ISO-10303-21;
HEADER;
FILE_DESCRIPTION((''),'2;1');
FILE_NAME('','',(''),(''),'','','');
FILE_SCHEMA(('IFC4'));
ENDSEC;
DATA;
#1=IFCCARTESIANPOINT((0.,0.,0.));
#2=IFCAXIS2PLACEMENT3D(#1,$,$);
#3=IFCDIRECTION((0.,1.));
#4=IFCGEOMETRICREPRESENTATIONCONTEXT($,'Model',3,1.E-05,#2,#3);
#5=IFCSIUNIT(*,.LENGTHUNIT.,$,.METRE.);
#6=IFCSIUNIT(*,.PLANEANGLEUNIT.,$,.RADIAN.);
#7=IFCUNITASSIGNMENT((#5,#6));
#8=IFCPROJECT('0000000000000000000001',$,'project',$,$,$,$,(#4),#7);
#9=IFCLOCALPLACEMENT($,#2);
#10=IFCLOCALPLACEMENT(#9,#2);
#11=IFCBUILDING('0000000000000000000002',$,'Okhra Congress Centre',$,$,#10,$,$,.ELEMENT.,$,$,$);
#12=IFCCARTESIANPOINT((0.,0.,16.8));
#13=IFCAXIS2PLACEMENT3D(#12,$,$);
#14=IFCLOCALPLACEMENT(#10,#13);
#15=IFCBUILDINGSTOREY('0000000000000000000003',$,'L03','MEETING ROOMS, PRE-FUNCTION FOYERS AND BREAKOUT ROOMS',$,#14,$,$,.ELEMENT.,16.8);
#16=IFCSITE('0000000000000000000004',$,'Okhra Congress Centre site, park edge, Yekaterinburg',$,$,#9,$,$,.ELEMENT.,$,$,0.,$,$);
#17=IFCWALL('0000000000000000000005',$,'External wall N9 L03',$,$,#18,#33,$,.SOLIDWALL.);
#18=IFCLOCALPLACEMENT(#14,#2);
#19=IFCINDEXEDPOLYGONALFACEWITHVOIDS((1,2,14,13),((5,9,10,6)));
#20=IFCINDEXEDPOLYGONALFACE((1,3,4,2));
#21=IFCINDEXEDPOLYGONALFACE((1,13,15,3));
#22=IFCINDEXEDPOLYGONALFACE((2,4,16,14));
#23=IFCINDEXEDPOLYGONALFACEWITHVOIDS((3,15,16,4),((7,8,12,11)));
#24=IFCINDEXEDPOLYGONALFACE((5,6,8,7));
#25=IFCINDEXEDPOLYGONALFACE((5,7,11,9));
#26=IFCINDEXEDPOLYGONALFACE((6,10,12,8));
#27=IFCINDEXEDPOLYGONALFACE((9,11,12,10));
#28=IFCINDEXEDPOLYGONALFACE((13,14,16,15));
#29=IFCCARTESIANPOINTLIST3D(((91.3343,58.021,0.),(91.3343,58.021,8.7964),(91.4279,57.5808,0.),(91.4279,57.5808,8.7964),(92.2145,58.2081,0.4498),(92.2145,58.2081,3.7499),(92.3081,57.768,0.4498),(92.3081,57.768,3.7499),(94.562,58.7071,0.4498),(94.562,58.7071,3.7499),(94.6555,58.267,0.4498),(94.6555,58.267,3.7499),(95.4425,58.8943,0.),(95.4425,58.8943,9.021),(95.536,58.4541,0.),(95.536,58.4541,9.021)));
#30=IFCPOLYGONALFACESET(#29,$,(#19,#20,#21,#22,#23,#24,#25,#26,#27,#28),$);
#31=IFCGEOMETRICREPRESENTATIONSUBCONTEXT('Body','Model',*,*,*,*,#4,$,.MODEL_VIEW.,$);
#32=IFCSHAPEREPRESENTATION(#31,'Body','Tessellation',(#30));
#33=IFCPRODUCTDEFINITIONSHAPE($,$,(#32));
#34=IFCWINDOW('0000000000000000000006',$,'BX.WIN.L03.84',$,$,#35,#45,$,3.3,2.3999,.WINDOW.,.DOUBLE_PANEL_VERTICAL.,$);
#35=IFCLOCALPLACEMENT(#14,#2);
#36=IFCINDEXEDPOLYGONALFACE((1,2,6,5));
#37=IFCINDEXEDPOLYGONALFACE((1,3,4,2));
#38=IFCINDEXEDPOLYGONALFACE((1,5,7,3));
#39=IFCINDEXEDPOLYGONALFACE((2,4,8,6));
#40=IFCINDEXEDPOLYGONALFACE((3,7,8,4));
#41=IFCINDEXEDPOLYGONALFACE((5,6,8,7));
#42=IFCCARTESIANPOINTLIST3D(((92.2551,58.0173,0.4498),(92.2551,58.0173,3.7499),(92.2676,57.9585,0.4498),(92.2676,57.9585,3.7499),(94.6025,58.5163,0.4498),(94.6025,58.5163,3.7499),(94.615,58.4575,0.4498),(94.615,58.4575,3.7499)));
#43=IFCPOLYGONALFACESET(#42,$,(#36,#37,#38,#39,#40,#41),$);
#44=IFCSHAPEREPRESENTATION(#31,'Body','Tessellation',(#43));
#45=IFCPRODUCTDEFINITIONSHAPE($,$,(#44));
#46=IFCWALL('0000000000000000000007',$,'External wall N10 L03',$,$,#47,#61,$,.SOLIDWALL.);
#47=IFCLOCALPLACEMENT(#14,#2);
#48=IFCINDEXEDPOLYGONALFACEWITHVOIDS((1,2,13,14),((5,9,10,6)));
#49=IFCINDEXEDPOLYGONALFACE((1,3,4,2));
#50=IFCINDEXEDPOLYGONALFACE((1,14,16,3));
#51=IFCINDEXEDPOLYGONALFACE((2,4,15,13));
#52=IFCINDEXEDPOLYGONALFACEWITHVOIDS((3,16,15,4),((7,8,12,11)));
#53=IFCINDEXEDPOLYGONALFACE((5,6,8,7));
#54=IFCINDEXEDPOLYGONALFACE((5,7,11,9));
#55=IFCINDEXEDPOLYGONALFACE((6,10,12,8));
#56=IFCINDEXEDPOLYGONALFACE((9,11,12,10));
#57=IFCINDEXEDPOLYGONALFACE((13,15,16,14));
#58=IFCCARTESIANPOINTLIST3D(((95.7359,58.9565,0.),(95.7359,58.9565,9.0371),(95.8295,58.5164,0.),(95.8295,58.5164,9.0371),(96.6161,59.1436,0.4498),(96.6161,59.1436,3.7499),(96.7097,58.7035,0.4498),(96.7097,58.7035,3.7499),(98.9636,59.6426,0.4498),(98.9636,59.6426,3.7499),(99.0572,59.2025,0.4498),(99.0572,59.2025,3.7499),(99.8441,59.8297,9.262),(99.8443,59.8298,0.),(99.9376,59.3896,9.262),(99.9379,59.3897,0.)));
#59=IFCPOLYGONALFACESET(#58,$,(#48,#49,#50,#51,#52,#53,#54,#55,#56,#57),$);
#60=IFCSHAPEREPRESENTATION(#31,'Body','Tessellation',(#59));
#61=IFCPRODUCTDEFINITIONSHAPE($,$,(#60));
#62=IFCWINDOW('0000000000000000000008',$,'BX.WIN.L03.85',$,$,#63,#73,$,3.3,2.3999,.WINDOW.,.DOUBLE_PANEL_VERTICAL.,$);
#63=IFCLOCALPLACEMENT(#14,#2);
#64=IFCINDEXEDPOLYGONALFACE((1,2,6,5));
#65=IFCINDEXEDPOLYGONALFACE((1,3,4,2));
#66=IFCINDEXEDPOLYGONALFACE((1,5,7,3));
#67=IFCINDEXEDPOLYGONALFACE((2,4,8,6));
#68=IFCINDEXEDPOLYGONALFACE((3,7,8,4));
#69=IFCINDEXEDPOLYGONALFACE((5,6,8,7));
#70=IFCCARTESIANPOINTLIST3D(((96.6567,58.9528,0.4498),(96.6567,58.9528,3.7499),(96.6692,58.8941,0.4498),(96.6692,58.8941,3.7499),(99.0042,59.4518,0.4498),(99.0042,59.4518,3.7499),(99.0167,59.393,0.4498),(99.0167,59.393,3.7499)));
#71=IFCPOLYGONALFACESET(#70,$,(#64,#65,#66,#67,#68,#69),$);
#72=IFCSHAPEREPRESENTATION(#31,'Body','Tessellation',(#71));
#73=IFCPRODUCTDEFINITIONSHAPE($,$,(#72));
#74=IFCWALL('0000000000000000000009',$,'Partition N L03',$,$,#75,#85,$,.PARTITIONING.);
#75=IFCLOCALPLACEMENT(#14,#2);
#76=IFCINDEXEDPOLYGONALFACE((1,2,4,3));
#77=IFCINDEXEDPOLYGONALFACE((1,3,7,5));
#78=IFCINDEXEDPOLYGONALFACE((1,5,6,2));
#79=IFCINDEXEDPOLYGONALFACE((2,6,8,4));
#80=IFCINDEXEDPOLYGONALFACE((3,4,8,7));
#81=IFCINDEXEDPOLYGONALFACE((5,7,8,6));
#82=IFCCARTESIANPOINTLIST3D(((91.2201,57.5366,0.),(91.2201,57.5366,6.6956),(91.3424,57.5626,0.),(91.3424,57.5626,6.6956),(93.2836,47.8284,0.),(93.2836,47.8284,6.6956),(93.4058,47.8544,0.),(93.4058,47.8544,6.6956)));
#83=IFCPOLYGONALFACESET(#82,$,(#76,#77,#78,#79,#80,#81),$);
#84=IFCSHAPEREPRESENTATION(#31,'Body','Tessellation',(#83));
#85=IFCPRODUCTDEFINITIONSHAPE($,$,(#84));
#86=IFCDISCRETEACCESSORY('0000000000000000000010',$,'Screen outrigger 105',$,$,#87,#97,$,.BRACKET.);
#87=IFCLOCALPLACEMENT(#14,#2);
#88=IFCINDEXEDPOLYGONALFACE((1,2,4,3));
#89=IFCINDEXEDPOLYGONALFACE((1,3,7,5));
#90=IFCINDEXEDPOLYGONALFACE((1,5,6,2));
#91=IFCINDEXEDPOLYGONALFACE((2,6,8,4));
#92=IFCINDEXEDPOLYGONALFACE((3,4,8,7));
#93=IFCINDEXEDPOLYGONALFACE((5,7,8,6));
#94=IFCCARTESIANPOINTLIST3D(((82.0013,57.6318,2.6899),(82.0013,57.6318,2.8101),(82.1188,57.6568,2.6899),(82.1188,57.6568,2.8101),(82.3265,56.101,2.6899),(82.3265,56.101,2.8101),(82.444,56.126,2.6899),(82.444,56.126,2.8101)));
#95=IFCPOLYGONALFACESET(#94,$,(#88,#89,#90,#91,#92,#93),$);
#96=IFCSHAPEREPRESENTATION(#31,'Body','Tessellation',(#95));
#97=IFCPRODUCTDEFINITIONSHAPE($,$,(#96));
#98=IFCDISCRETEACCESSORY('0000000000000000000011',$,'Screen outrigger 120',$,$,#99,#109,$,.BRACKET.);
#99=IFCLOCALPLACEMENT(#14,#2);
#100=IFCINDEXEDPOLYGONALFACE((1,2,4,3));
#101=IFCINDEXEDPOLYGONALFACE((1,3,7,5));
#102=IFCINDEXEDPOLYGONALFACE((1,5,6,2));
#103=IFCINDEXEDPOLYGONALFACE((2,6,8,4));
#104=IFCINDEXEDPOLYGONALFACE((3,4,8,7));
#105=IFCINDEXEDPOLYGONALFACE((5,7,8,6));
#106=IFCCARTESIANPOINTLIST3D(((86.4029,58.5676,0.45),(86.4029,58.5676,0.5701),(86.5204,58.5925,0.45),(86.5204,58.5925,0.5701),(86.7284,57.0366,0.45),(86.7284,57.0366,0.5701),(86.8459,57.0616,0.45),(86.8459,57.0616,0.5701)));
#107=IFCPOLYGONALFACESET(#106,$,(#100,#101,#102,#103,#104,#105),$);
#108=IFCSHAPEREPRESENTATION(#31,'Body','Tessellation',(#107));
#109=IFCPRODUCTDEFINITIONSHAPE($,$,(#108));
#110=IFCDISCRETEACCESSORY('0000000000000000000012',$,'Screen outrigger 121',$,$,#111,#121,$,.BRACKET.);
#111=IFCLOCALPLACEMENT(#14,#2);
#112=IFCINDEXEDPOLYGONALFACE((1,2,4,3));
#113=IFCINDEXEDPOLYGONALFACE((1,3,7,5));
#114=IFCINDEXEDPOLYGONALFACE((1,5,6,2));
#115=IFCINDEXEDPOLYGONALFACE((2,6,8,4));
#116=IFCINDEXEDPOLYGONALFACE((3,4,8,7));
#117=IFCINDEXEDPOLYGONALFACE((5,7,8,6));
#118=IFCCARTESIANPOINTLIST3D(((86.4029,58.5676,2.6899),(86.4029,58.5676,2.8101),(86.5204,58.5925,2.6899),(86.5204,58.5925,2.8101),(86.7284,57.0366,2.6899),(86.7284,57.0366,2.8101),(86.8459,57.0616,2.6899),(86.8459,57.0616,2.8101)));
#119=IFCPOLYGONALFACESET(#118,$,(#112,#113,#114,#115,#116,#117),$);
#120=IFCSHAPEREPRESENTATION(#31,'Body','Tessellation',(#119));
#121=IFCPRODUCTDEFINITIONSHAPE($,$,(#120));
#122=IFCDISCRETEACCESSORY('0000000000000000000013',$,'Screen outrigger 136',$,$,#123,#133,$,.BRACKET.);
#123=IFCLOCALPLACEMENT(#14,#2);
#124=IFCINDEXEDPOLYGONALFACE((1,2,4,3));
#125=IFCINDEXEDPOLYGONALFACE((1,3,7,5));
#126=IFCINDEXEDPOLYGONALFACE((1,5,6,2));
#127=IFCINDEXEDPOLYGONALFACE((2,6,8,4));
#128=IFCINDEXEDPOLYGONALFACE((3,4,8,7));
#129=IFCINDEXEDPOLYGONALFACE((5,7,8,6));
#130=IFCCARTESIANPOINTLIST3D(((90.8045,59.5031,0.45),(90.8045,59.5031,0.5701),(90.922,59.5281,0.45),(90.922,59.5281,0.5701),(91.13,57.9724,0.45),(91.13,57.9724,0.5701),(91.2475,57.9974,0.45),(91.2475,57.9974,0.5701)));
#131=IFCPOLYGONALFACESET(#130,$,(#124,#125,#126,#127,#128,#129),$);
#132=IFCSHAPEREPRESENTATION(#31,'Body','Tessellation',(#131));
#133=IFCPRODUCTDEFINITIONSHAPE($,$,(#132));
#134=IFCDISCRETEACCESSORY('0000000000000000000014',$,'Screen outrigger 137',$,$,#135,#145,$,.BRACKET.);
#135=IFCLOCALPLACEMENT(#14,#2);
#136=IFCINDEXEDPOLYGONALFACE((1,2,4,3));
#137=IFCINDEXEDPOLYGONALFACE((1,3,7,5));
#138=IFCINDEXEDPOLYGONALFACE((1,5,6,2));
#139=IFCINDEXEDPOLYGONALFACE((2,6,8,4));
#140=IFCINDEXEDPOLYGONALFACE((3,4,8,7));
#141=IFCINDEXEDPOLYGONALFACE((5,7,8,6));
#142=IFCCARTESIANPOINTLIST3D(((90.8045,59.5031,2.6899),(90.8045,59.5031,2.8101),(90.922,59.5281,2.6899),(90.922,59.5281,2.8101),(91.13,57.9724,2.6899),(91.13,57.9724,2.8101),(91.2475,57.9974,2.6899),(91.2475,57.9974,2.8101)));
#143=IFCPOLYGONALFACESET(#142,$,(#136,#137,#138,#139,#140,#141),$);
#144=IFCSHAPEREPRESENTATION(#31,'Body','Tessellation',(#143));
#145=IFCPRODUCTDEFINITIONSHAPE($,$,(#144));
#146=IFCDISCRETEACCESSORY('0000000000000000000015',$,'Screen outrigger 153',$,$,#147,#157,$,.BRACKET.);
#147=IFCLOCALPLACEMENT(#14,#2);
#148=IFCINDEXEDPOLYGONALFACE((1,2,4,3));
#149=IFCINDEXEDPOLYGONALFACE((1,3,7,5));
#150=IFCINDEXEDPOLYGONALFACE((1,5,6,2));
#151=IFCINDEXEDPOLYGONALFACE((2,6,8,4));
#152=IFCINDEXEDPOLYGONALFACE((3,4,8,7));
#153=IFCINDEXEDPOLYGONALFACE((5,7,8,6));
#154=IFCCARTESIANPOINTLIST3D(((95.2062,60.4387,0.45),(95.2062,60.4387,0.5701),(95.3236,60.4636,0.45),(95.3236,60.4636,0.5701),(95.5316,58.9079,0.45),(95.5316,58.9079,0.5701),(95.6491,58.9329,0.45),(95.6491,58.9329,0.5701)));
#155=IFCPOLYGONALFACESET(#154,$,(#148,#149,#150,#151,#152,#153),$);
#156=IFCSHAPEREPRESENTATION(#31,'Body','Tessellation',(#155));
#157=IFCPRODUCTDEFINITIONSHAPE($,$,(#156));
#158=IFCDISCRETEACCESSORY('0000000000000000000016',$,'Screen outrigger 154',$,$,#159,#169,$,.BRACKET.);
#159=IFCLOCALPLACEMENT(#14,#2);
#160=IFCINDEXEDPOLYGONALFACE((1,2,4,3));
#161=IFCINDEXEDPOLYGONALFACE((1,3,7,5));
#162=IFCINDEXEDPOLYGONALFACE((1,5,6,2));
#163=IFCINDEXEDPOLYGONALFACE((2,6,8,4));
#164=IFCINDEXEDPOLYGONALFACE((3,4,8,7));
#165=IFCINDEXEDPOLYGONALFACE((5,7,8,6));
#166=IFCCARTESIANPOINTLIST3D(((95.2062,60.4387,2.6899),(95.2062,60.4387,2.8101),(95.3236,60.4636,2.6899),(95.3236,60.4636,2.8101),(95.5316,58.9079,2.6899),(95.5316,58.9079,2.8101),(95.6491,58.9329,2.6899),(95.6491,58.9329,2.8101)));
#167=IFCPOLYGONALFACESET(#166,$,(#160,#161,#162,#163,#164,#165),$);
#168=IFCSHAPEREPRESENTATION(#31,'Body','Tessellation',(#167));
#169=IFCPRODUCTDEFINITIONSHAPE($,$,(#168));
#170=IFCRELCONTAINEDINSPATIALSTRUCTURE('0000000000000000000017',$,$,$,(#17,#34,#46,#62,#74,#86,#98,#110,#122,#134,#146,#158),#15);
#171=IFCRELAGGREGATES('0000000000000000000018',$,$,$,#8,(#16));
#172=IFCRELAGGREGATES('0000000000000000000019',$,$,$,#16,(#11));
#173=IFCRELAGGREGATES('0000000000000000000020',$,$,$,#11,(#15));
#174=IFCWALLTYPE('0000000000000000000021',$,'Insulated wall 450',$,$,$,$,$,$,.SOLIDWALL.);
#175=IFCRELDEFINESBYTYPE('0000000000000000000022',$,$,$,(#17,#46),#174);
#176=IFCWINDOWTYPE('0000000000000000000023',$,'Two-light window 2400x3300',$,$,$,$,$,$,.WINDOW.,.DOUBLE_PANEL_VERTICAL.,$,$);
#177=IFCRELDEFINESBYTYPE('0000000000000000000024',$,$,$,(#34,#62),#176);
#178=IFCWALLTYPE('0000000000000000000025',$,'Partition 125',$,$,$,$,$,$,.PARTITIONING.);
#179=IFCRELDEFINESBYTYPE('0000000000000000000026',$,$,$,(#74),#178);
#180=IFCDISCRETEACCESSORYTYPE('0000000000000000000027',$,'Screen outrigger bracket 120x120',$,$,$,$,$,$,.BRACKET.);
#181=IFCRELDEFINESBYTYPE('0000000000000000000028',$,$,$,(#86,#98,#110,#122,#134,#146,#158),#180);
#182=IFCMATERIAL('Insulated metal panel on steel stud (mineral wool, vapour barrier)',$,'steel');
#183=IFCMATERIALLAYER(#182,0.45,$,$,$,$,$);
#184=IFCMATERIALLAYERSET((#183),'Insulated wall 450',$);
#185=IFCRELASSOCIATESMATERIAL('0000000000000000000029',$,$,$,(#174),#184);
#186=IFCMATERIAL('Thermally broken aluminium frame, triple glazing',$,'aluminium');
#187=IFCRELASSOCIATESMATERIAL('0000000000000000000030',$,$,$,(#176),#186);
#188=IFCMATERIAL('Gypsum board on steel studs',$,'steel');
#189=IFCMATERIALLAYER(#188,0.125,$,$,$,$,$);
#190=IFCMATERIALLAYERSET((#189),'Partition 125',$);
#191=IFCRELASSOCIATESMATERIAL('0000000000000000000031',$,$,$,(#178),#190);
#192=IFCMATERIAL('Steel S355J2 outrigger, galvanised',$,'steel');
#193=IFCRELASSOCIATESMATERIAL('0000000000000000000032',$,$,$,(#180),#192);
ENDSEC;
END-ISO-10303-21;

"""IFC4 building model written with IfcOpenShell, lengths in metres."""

from ifc_helpers import new_model, si_unit, direction, frame, frame_2d, origin, origin_2d, place, context, subcontext, project, spatial, polyline, rectangle, outline, extrude, material, layer, layer_set, material_profile, profile_set, type_object, element, fill, save


model = new_model("IFC4")

# Units and contexts
model_context = context("Model", 3, precision=1e-05, world=origin(), true_north=direction((0.0, 1.0)))
body_context = subcontext(model_context, "Body", "Model", "MODEL_VIEW")
ifc_project = project(units=[si_unit("LENGTHUNIT", "METRE"), si_unit("PLANEANGLEUNIT", "RADIAN")], contexts=[model_context])

# Site, building, storey
site_placement = place(None, origin())
site = spatial("IfcSite", under=ifc_project, at=site_placement, Name="Okhra Congress Centre site, park edge, Yekaterinburg", CompositionType="ELEMENT", RefElevation=0.0)
building_placement = place(site_placement, origin())
building = spatial("IfcBuilding", under=site, at=building_placement, Name="Okhra Congress Centre", CompositionType="ELEMENT")
storey_placement = place(building_placement, frame((0.0, 0.0, 16.8)))
storey = spatial("IfcBuildingStorey", under=building, at=storey_placement, Name="L03", Description="MEETING ROOMS, PRE-FUNCTION FOYERS AND BREAKOUT ROOMS", CompositionType="ELEMENT", Elevation=16.8)

# Walls, openings, windows
ifc_material_1 = material(Name="Insulated metal panel on steel stud (mineral wool, vapour barrier)", Category="steel")
ifc_layer_1 = layer(ifc_material_1, 0.45)
ifc_layer_set_1 = layer_set([ifc_layer_1], Name="Insulated wall 450")
wall_type_1 = type_object("IfcWallType", Name="Insulated wall 450", PredefinedType="SOLIDWALL", material=ifc_layer_set_1)
ifc_material_2 = material(Name="Thermally broken aluminium frame, triple glazing", Category="aluminium")
wall_1_placement = place(storey_placement, frame((91.3811, 57.8008, 0.0), z_axis=(0.0, 0.0, 1.0), x_axis=(0.978144, 0.207929, 0.0)))
wall_1 = element("IfcWall", 1, at=wall_1_placement, inside=storey, type_object=wall_type_1, Name="External wall N9 L03", PredefinedType="SOLIDWALL", context=body_context, shape_type="SweptSolid", body=[
    extrude(outline(polyline([(0.0, 0.0), (4.2, 0.0), (4.2, 9.021), (0.0, 8.7964), (0.0, 0.0)])), frame((0.0, 0.2251, 0.0), z_axis=(0.0, -1.0, 0.0), x_axis=(1.0, 0.0, 0.0)), (0.0, 0.0, 1.0), 0.45),
])
opening_1_placement = place(wall_1_placement, frame((0.8999, 0.0, 0.45)))
opening_1 = element("IfcOpeningElement", 2, at=opening_1_placement, cuts=wall_1, PredefinedType="OPENING", context=body_context, shape_type="SweptSolid", body=[
    extrude(rectangle(XDim=2.3999, YDim=3.3, at=frame_2d((1.2, 1.6499))), frame((0.0, 0.2349, 0.0), z_axis=(0.0, -1.0, 0.0), x_axis=(1.0, 0.0, 0.0)), (0.0, 0.0, 1.0), 0.47),
])
window_type_1 = type_object("IfcWindowType", Name="Two-light window 2400x3300", PartitioningType="DOUBLE_PANEL_VERTICAL", PredefinedType="WINDOW", material=ifc_material_2)
window_1_placement = place(opening_1_placement, origin())
window_1 = element("IfcWindow", 3, at=window_1_placement, inside=storey, type_object=window_type_1, Name="BX.WIN.L03.84", OverallHeight=3.3, OverallWidth=2.3999, PartitioningType="DOUBLE_PANEL_VERTICAL", PredefinedType="WINDOW", context=body_context, shape_type="SweptSolid", body=[
    extrude(rectangle(XDim=2.3999, YDim=3.3, at=frame_2d((1.2, 1.6499))), frame((0.0, 0.03, 0.0), z_axis=(0.0, -1.0, 0.0), x_axis=(1.0, 0.0, 0.0)), (0.0, 0.0, 1.0), 0.0601),
])
fill(opening_1, window_1)
wall_2_placement = place(storey_placement, frame((95.7827, 58.7363, 0.0), z_axis=(0.0, 0.0, 1.0), x_axis=(0.978146, 0.207917, 0.0)))
wall_2 = element("IfcWall", 4, at=wall_2_placement, inside=storey, type_object=wall_type_1, Name="External wall N10 L03", PredefinedType="SOLIDWALL", context=body_context, shape_type="SweptSolid", body=[
    extrude(outline(polyline([(0.0, 0.0), (4.2002, 0.0), (4.2, 9.262), (0.0, 9.0371), (0.0, 0.0)])), frame((0.0, 0.2251, 0.0), z_axis=(0.0, -1.0, 0.0), x_axis=(1.0, 0.0, 0.0)), (0.0, 0.0, 1.0), 0.45),
])
opening_2_placement = place(wall_2_placement, frame((0.8999, 0.0, 0.45)))
opening_2 = element("IfcOpeningElement", 5, at=opening_2_placement, cuts=wall_2, PredefinedType="OPENING", context=body_context, shape_type="SweptSolid", body=[
    extrude(rectangle(XDim=2.3999, YDim=3.3, at=frame_2d((1.2, 1.6499))), frame((0.0, 0.2349, 0.0), z_axis=(0.0, -1.0, 0.0), x_axis=(1.0, 0.0, 0.0)), (0.0, 0.0, 1.0), 0.47),
])
window_2_placement = place(opening_2_placement, origin())
window_2 = element("IfcWindow", 6, at=window_2_placement, inside=storey, type_object=window_type_1, Name="BX.WIN.L03.85", OverallHeight=3.3, OverallWidth=2.3999, PartitioningType="DOUBLE_PANEL_VERTICAL", PredefinedType="WINDOW", context=body_context, shape_type="SweptSolid", body=[
    extrude(rectangle(XDim=2.3999, YDim=3.3, at=frame_2d((1.2, 1.6499))), frame((0.0, 0.03, 0.0), z_axis=(0.0, -1.0, 0.0), x_axis=(1.0, 0.0, 0.0)), (0.0, 0.0, 1.0), 0.0601),
])
fill(opening_2, window_2)

# Wall
ifc_material_3 = material(Name="Gypsum board on steel studs", Category="steel")
ifc_layer_2 = layer(ifc_material_3, 0.125)
ifc_layer_set_2 = layer_set([ifc_layer_2], Name="Partition 125")
wall_type_2 = type_object("IfcWallType", Name="Partition 125", PredefinedType="PARTITIONING", material=ifc_layer_set_2)
wall_3_placement = place(storey_placement, frame((91.2812, 57.5496, 0.0), z_axis=(0.0, 0.0, 1.0), x_axis=(0.207904, -0.978149, 0.0)))
element("IfcWall", 7, at=wall_3_placement, inside=storey, type_object=wall_type_2, Name="Partition N L03", PredefinedType="PARTITIONING", context=body_context, shape_type="SweptSolid", body=[
    extrude(outline(polyline([(0.0, 0.0), (9.925, 0.0), (9.925, 6.6956), (0.0, 6.6956), (0.0, 0.0)])), frame((0.0, 0.0625, 0.0), z_axis=(0.0, -1.0, 0.0), x_axis=(1.0, 0.0, 0.0)), (0.0, 0.0, 1.0), 0.125),
])

# Discrete accessories
ifc_material_4 = material(Name="Steel S355J2 outrigger, galvanised", Category="steel")
ifc_material_profile_1 = material_profile(ifc_material_4, rectangle(XDim=0.1201, YDim=0.1201, at=origin_2d()), Name="Screen outrigger bracket 120x120")
ifc_profile_set_1 = profile_set([ifc_material_profile_1], Name="Steel S355J2 outrigger, galvanised")
discrete_accessory_type = type_object("IfcDiscreteAccessoryType", Name="Screen outrigger bracket 120x120", PredefinedType="BRACKET", material=ifc_profile_set_1)
discrete_accessory_placement = place(storey_placement, frame((82.3853, 56.1135, 2.75), z_axis=(-0.207803, 0.978171, 0.0), x_axis=(-0.978171, -0.207803, 0.0)))
element("IfcDiscreteAccessory", 8, at=discrete_accessory_placement, inside=storey, type_object=discrete_accessory_type, Name="Screen outrigger 105", PredefinedType="BRACKET", context=body_context, shape_type="SweptSolid", body=[
    extrude(rectangle(XDim=0.1201, YDim=0.1201, at=origin_2d()), origin(), (0.0, 0.0, 1.0), 1.5649),
])
for number, where, z_axis, x_axis, name in (
    (9, (86.7871, 57.0491, 0.51), (-0.20792, 0.978146, 0.0), (-0.978146, -0.20792, 0.0), "Screen outrigger 120"),
    (10, (86.7871, 57.0491, 2.75), (-0.20792, 0.978146, 0.0), (-0.978146, -0.20792, 0.0), "Screen outrigger 121"),
):
    element("IfcDiscreteAccessory", number, at=place(storey_placement, frame(where, z_axis=z_axis, x_axis=x_axis)), inside=storey, type_object=discrete_accessory_type, Name=name, PredefinedType="BRACKET", context=body_context, shape_type="SweptSolid", body=[
        extrude(rectangle(XDim=0.1201, YDim=0.1201, at=origin_2d()), origin(), (0.0, 0.0, 1.0), 1.5652),
    ])
for number, where, z_axis, x_axis, name in (
    (11, (91.1887, 57.9849, 0.51), (-0.207952, 0.978139, 0.0), (-0.978139, -0.207952, 0.0), "Screen outrigger 136"),
    (12, (91.1887, 57.9849, 2.75), (-0.207952, 0.978139, 0.0), (-0.978139, -0.207952, 0.0), "Screen outrigger 137"),
    (13, (95.5903, 58.9204, 0.51), (-0.207952, 0.978139, 0.0), (-0.978139, -0.207952, 0.0), "Screen outrigger 153"),
    (14, (95.5903, 58.9204, 2.75), (-0.207952, 0.978139, 0.0), (-0.978139, -0.207952, 0.0), "Screen outrigger 154"),
):
    element("IfcDiscreteAccessory", number, at=place(storey_placement, frame(where, z_axis=z_axis, x_axis=x_axis)), inside=storey, type_object=discrete_accessory_type, Name=name, PredefinedType="BRACKET", context=body_context, shape_type="SweptSolid", body=[
        extrude(rectangle(XDim=0.1201, YDim=0.1201, at=origin_2d()), origin(), (0.0, 0.0, 1.0), 1.5649),
    ])

save(model, "model.ifc")
